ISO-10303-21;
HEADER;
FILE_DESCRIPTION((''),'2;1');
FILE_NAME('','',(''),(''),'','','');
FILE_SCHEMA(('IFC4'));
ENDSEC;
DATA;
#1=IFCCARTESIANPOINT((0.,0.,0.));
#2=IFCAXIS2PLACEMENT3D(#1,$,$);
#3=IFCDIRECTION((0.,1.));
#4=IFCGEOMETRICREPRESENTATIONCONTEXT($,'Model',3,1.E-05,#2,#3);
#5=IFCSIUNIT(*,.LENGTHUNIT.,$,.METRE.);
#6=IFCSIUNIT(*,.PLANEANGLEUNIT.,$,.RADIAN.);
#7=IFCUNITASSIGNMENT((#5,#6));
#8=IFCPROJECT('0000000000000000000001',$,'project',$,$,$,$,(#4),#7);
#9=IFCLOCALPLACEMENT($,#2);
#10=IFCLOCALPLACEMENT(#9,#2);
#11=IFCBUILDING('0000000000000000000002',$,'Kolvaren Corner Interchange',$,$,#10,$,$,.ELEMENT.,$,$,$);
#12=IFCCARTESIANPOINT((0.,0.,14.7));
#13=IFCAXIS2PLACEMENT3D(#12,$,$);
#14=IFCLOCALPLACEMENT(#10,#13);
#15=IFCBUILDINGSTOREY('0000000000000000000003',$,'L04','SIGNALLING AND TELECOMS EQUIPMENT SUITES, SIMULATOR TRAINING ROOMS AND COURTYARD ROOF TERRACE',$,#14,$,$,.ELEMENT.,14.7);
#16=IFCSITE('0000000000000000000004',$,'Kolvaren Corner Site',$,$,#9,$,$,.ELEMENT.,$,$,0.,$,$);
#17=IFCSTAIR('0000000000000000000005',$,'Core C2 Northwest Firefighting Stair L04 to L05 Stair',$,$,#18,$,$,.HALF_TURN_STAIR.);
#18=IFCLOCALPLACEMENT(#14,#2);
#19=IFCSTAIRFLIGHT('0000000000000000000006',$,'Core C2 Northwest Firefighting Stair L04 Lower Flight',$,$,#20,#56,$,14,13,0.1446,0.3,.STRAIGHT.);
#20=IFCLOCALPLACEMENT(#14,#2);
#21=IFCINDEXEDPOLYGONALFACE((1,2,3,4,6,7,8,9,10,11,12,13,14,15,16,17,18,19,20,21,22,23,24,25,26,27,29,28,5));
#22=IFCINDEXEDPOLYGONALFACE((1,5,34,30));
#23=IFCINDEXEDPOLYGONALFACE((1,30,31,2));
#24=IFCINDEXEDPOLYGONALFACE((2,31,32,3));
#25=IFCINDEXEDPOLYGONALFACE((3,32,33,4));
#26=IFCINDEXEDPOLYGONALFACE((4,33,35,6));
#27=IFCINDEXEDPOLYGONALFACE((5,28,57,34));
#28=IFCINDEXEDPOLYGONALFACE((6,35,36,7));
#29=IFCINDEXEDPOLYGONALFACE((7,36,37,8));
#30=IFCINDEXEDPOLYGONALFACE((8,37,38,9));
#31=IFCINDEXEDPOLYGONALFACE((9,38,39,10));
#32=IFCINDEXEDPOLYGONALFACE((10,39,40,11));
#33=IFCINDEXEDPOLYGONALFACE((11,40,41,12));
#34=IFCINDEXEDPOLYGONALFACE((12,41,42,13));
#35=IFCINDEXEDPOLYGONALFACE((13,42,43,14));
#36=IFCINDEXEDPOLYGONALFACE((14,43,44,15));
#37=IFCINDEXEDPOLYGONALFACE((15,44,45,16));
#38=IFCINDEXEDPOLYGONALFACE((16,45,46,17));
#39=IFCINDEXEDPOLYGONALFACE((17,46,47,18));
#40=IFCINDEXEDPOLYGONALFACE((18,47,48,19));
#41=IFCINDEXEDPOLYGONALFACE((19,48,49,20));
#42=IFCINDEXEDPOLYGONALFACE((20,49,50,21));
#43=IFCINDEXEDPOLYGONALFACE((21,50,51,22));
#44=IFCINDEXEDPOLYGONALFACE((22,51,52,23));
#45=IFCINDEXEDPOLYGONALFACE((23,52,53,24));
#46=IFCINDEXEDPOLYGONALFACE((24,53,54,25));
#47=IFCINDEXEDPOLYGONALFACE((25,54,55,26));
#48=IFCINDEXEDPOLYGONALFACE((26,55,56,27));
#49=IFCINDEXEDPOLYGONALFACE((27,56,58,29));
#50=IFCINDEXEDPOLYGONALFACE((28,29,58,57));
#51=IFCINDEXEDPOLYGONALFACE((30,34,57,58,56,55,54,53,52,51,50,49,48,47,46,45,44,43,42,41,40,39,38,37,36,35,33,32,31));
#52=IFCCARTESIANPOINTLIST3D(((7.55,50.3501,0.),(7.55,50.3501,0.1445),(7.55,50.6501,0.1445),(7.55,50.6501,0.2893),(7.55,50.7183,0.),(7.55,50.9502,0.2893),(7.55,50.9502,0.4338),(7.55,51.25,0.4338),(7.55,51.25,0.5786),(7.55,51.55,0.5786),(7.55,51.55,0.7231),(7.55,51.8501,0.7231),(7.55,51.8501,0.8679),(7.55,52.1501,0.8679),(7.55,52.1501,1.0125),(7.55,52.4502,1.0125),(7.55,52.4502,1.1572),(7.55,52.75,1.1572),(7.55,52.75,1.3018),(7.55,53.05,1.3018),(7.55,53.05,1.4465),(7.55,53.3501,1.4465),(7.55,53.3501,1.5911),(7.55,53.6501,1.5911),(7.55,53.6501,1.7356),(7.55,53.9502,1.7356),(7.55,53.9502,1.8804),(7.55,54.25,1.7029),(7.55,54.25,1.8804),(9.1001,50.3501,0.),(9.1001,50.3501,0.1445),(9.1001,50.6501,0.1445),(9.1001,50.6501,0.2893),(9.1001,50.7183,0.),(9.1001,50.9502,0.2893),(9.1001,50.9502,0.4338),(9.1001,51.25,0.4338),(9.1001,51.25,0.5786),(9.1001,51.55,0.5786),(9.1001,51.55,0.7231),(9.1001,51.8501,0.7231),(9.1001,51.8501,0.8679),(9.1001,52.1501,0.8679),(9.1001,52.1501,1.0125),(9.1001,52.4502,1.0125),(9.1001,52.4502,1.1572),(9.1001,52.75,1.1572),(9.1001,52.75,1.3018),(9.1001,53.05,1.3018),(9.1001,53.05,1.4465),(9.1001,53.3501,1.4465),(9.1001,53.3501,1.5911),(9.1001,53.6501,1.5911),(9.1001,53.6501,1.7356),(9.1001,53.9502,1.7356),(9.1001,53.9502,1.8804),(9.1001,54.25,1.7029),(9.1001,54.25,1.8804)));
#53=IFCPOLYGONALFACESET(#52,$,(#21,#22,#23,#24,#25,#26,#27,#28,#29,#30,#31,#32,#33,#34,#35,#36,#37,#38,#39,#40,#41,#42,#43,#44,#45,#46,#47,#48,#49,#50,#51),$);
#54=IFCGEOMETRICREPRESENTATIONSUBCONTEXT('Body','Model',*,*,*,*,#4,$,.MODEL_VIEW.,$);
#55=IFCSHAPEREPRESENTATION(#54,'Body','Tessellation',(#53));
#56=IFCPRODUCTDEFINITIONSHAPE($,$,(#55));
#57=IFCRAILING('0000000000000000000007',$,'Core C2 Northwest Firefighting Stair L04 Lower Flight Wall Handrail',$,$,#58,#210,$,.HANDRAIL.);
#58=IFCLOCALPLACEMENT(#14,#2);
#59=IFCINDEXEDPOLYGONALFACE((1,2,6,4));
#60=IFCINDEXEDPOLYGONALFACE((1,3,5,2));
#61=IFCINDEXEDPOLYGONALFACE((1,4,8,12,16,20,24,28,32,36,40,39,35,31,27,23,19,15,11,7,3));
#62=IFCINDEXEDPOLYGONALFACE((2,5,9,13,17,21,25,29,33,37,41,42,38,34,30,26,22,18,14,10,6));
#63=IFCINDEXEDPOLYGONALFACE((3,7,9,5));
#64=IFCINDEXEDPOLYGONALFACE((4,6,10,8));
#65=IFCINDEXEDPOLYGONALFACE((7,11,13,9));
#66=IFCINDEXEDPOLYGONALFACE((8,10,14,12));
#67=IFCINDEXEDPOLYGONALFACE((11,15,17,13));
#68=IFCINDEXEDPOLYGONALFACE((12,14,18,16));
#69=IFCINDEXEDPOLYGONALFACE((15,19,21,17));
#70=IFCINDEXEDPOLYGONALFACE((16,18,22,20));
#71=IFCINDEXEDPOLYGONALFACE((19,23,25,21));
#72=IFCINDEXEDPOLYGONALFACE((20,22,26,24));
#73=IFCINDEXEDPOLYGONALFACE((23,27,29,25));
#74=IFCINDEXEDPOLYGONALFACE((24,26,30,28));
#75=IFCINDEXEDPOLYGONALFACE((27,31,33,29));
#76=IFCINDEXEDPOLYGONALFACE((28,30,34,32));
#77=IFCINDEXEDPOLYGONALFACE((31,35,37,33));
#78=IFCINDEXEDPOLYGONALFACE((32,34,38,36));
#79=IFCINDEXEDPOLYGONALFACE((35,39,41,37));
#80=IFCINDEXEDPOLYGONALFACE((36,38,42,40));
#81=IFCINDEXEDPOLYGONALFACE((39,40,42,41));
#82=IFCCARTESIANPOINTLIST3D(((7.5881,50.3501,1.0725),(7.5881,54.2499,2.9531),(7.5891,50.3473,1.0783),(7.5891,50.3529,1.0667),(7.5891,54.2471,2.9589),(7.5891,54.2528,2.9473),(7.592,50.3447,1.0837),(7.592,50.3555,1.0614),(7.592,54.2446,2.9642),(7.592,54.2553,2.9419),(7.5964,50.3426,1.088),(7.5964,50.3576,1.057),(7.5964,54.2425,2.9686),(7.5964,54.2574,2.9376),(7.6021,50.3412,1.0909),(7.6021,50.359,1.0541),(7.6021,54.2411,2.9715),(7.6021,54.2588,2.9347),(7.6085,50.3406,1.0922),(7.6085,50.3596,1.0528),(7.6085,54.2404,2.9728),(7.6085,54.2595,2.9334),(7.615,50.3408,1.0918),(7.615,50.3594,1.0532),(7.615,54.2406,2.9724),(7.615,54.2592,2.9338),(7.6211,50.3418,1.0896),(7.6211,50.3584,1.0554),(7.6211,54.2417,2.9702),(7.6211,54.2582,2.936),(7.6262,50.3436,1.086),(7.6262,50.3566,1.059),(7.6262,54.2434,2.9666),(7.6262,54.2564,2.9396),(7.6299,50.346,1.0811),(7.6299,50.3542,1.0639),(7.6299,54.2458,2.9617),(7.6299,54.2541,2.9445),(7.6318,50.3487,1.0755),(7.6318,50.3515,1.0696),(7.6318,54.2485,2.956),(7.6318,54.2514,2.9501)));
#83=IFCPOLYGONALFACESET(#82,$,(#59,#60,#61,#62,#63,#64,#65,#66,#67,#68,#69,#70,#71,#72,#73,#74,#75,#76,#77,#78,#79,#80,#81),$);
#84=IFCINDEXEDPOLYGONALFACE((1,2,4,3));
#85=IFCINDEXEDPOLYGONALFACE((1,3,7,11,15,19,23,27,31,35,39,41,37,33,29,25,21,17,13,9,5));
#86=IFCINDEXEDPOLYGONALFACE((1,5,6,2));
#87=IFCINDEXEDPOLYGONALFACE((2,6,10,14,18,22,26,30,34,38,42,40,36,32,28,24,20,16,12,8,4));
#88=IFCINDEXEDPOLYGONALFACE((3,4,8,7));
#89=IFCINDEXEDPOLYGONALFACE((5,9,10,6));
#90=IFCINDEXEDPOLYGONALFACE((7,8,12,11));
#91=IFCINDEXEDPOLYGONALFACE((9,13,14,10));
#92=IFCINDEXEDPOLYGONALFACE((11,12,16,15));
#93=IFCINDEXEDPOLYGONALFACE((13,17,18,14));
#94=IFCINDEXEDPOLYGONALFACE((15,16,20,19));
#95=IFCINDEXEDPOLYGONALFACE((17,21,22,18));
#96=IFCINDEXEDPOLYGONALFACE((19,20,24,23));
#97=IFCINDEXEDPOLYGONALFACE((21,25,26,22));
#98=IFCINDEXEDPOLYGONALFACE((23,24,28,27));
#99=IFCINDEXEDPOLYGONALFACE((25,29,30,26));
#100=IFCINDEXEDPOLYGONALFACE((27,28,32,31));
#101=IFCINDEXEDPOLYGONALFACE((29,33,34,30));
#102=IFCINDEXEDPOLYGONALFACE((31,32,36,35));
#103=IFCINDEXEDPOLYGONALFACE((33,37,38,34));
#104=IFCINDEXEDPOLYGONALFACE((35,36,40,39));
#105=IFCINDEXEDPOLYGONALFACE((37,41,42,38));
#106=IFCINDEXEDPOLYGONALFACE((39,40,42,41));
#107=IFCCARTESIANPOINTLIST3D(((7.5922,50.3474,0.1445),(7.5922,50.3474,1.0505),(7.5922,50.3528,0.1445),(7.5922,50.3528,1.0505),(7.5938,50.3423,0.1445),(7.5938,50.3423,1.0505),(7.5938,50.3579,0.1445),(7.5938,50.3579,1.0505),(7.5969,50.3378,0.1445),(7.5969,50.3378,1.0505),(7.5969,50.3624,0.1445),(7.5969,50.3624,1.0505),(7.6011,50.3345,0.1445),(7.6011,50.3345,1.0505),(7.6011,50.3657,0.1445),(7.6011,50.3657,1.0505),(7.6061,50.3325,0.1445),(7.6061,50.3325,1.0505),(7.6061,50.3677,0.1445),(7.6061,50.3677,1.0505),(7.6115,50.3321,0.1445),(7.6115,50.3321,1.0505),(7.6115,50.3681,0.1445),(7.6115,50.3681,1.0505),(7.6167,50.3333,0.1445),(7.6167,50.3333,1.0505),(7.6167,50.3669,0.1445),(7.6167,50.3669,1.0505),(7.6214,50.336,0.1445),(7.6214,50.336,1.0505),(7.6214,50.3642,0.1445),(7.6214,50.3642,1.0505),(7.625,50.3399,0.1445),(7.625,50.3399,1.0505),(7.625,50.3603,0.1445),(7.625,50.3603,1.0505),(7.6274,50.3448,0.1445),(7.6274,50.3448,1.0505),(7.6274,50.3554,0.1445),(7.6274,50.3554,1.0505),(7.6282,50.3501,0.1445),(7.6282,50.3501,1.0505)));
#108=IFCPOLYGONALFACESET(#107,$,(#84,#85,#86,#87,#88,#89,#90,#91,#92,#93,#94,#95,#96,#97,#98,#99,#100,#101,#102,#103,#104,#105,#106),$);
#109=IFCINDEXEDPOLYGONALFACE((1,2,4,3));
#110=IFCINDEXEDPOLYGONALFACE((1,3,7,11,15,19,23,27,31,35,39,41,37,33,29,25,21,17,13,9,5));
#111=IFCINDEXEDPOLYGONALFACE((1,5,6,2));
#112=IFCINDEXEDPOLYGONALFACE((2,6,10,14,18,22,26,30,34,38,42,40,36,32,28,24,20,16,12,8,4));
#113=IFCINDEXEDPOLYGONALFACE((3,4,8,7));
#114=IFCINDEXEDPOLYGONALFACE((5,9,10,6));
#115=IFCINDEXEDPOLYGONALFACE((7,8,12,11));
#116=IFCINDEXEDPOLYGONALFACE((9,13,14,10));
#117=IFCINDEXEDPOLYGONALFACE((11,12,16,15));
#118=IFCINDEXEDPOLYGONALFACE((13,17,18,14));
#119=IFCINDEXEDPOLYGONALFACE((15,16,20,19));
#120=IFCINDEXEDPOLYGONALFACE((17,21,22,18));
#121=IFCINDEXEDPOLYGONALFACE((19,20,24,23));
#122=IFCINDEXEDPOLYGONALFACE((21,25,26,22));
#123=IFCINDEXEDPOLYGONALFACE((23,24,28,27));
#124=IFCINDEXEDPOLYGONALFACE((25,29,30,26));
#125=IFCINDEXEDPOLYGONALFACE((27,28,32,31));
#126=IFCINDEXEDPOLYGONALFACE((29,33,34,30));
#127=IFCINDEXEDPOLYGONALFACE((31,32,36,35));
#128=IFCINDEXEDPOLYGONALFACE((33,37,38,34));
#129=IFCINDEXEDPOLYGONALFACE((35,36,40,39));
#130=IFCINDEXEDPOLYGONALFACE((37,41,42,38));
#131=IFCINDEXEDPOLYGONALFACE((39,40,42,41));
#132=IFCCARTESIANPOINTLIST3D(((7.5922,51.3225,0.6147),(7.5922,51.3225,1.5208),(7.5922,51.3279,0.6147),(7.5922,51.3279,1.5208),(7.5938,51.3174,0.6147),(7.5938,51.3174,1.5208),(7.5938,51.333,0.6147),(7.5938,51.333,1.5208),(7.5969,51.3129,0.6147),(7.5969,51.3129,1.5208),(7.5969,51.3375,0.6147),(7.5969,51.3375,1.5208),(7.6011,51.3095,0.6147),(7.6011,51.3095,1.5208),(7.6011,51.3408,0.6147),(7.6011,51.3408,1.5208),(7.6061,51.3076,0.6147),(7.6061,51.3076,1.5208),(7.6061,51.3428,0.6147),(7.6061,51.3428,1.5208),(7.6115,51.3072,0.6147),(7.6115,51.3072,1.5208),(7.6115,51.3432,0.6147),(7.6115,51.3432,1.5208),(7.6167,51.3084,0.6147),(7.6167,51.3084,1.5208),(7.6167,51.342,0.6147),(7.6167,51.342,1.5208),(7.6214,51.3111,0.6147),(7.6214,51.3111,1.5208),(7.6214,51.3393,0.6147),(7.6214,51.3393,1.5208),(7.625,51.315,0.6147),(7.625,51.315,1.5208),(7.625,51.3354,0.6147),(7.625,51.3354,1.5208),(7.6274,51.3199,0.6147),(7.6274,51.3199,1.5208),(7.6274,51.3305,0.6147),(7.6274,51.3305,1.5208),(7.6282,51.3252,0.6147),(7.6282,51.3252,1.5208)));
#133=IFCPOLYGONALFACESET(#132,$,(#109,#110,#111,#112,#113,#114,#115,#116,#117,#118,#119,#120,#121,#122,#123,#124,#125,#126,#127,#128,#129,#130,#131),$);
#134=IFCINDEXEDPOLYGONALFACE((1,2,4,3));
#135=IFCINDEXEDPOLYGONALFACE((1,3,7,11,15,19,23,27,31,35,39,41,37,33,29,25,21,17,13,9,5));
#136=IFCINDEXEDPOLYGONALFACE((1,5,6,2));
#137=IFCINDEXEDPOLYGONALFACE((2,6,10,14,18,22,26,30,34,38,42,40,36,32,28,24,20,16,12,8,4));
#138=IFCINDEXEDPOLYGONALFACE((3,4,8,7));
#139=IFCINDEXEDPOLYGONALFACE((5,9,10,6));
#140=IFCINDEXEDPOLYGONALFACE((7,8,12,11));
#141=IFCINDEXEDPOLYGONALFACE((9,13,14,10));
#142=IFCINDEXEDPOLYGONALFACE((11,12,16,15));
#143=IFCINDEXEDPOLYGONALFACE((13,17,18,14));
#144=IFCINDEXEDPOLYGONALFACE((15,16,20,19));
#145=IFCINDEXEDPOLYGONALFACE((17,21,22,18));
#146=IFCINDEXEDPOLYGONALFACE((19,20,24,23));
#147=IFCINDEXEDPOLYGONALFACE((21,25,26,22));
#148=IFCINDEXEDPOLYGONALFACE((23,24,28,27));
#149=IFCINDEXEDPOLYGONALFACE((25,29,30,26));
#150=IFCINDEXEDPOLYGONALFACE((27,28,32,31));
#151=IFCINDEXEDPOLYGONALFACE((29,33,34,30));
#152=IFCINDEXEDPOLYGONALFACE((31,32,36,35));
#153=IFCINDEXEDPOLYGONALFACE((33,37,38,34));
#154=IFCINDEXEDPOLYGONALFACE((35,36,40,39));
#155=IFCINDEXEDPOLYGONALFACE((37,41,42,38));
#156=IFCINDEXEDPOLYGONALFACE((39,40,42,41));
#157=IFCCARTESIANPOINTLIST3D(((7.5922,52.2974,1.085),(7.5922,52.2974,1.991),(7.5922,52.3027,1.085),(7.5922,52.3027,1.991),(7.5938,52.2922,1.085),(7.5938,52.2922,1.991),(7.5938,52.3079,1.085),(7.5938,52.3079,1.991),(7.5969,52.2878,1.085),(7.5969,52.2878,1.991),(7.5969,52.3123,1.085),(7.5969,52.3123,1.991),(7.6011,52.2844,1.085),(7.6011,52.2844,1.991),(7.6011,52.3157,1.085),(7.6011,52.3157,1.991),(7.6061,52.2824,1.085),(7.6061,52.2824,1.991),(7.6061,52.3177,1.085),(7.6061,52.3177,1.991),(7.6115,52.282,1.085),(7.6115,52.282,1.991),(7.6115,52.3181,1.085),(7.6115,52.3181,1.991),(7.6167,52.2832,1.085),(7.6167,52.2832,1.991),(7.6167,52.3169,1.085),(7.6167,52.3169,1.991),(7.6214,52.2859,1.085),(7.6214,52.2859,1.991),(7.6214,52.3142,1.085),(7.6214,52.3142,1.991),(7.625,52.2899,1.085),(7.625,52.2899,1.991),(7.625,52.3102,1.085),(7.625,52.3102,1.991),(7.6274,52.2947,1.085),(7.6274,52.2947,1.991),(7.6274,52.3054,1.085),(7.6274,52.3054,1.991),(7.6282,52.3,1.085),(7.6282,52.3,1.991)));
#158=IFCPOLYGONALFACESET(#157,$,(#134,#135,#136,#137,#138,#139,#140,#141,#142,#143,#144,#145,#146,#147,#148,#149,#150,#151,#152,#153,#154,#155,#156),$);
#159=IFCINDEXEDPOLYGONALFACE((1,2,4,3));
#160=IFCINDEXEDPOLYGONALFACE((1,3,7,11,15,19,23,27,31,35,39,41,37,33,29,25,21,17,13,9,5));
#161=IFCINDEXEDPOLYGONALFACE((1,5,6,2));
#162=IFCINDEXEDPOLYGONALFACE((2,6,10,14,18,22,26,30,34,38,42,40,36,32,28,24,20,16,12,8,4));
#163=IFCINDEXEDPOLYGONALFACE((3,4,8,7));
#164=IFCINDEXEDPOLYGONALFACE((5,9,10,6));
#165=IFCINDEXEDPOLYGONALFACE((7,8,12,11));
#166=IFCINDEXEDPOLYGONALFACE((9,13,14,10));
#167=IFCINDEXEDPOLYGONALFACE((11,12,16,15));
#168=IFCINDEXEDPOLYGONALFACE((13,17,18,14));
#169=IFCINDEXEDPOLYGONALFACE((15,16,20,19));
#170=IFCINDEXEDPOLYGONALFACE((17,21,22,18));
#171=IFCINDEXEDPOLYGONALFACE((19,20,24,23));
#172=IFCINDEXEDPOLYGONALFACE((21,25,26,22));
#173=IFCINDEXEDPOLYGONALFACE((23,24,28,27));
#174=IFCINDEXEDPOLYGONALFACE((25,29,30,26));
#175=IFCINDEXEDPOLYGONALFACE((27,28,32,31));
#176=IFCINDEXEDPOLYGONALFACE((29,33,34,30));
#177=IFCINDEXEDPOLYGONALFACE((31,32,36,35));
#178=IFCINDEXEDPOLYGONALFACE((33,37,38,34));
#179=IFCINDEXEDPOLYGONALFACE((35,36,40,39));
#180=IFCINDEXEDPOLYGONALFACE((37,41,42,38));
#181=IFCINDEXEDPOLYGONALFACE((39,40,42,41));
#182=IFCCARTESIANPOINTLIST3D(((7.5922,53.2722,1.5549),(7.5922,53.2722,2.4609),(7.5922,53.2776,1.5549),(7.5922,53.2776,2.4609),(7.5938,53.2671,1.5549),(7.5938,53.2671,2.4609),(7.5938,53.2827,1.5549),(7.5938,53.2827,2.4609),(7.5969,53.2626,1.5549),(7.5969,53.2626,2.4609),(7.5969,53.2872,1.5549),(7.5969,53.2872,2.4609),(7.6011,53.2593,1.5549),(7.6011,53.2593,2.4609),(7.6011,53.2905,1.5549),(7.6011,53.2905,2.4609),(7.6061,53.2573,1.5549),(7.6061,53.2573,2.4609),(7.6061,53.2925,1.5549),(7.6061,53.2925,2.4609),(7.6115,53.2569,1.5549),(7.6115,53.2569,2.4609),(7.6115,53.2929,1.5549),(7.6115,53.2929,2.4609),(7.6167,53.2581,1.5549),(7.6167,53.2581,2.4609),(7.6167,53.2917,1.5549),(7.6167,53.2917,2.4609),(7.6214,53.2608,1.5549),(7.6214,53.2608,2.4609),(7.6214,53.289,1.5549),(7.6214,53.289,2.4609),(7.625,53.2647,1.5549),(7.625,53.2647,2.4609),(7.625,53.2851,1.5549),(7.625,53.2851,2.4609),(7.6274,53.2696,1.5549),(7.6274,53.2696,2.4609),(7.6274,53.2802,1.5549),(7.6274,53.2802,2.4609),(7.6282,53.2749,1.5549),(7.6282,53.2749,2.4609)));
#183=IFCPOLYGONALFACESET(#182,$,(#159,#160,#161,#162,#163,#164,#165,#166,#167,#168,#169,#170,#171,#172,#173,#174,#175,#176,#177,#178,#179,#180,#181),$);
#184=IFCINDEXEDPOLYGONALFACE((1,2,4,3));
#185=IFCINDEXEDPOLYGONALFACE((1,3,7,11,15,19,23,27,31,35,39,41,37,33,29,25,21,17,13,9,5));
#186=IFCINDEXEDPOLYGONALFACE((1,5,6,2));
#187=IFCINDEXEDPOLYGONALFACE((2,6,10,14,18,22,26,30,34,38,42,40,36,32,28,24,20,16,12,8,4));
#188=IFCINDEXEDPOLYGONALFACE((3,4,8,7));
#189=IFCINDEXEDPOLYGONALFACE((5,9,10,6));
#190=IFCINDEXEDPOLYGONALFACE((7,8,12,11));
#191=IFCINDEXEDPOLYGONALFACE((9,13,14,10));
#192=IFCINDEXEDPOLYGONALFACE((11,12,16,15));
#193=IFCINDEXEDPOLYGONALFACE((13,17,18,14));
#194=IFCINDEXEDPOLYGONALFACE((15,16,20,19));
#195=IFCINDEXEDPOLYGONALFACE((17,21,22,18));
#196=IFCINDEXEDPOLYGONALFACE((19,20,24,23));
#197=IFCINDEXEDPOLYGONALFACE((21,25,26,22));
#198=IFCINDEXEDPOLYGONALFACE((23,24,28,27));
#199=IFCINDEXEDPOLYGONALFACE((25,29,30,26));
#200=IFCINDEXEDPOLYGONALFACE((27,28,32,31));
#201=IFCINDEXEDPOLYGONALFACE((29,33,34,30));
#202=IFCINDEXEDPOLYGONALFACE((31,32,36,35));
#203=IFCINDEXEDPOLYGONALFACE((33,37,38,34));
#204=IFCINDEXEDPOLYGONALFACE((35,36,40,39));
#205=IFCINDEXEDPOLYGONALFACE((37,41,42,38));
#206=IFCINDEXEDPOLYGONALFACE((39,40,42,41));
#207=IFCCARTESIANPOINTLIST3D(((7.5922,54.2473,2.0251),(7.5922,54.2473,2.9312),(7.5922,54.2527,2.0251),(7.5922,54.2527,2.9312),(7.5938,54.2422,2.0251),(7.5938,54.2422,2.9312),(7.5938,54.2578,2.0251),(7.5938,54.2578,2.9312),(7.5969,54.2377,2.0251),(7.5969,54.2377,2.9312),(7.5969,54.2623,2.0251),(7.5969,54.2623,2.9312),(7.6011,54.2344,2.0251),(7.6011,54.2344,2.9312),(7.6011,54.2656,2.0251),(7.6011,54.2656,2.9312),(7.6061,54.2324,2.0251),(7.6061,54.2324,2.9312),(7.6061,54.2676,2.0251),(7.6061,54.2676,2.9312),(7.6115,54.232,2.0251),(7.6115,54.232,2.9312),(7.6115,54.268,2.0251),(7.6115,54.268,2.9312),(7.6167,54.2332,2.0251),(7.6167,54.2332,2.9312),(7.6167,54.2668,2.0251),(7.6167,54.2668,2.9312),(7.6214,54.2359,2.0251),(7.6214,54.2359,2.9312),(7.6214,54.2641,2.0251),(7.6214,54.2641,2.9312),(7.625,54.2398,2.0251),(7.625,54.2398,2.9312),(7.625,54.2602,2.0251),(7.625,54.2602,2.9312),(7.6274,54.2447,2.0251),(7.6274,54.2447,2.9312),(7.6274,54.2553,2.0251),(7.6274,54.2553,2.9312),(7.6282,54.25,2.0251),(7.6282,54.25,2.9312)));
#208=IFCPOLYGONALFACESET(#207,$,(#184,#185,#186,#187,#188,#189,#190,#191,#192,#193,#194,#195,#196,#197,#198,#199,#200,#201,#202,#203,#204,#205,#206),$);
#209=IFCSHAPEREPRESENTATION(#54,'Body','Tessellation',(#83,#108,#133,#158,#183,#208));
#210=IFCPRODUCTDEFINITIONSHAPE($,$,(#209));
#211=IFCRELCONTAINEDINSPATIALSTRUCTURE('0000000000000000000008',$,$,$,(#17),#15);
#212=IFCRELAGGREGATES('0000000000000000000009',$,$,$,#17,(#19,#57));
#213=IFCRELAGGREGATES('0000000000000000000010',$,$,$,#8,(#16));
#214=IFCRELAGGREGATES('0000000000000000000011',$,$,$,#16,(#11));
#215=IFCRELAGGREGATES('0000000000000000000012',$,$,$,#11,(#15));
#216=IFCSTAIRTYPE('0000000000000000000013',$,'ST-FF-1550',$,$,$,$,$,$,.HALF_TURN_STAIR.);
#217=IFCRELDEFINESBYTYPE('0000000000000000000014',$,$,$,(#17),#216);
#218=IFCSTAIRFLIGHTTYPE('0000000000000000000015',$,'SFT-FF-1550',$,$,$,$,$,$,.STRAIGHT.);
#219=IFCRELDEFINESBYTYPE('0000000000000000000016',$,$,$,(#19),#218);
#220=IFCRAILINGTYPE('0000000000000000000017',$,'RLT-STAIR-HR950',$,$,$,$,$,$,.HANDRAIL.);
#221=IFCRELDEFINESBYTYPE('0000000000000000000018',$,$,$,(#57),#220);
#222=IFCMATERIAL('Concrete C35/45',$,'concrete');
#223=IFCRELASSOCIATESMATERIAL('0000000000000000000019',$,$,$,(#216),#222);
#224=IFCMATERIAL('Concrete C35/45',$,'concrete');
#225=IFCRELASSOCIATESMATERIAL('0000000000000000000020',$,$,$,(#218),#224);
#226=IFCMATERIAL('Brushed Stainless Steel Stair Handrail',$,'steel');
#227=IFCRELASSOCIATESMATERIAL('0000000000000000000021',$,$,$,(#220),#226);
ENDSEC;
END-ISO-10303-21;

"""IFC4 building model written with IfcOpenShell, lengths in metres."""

from ifc_helpers import new_model, si_unit, direction, frame, origin, origin_2d, place, context, subcontext, project, spatial, polyline, circle, outline, extrude, material, type_object, element, aggregate, save


model = new_model("IFC4")

# Units and contexts
model_context = context("Model", 3, precision=1e-05, world=origin(), true_north=direction((0.0, 1.0)))
body_context = subcontext(model_context, "Body", "Model", "MODEL_VIEW")
ifc_project = project(units=[si_unit("LENGTHUNIT", "METRE"), si_unit("PLANEANGLEUNIT", "RADIAN")], contexts=[model_context])

# Site, building, storey
site_placement = place(None, origin())
site = spatial("IfcSite", under=ifc_project, at=site_placement, Name="Kolvaren Corner Site", CompositionType="ELEMENT", RefElevation=0.0)
building_placement = place(site_placement, origin())
building = spatial("IfcBuilding", under=site, at=building_placement, Name="Kolvaren Corner Interchange", CompositionType="ELEMENT")
storey_placement = place(building_placement, frame((0.0, 0.0, 14.7)))
storey = spatial("IfcBuildingStorey", under=building, at=storey_placement, Name="L04", Description="SIGNALLING AND TELECOMS EQUIPMENT SUITES, SIMULATOR TRAINING ROOMS AND COURTYARD ROOF TERRACE", CompositionType="ELEMENT", Elevation=14.7)

# Stair, stair flight, railing
ifc_material_1 = material(Name="Concrete C35/45", Category="concrete")
stair_type = type_object("IfcStairType", Name="ST-FF-1550", PredefinedType="HALF_TURN_STAIR", material=ifc_material_1)
stair_placement = place(storey_placement, origin())
stair = element("IfcStair", 1, at=stair_placement, inside=storey, type_object=stair_type, Name="Core C2 Northwest Firefighting Stair L04 to L05 Stair", PredefinedType="HALF_TURN_STAIR")
ifc_material_2 = material(Name="Concrete C35/45", Category="concrete")
stair_flight_type = type_object("IfcStairFlightType", Name="SFT-FF-1550", PredefinedType="STRAIGHT", material=ifc_material_2)
stair_flight_placement = place(storey_placement, frame((8.325, 50.3501, 0.0), z_axis=(0.0, 0.0, 1.0), x_axis=(0.0, 1.0, 0.0)))
stair_flight = element("IfcStairFlight", 2, at=stair_flight_placement, type_object=stair_flight_type, Name="Core C2 Northwest Firefighting Stair L04 Lower Flight", NumberOfRisers=14, NumberOfTreads=13, PredefinedType="STRAIGHT", RiserHeight=0.1446, TreadLength=0.3, context=body_context, shape_type="SweptSolid", body=[
    extrude(outline(polyline([(0.0, 0.0), (0.0, 0.1445), (0.3, 0.1445), (0.3, 0.2893), (0.6001, 0.2893), (0.6001, 0.4338), (0.8999, 0.4338), (0.8999, 0.5786), (1.2, 0.5786), (1.2, 0.7231), (1.5, 0.7231), (1.5, 0.8679), (1.8, 0.8679), (1.8, 1.0125), (2.1001, 1.0125), (2.1001, 1.1572), (2.3999, 1.1572), (2.3999, 1.3018), (2.7, 1.3018), (2.7, 1.4465), (3.0, 1.4465), (3.0, 1.5911), (3.3, 1.5911), (3.3, 1.7356), (3.6001, 1.7356), (3.6001, 1.8804), (3.8999, 1.8804), (3.8999, 2.0249), (3.8999, 1.7029), (0.3682, 0.0), (0.0, 0.0)])), frame((0.0, 0.7749, 0.0), z_axis=(0.0, -1.0, 0.0), x_axis=(1.0, 0.0, 0.0)), (0.0, 0.0, 1.0), 1.55),
])
ifc_material_3 = material(Name="Brushed Stainless Steel Stair Handrail", Category="steel")
railing_type = type_object("IfcRailingType", Name="RLT-STAIR-HR950", PredefinedType="HANDRAIL", material=ifc_material_3)
railing_placement = place(storey_placement, frame((7.6101, 50.3501, 0.1445)))
railing = element("IfcRailing", 3, at=railing_placement, type_object=railing_type, Name="Core C2 Northwest Firefighting Stair L04 Lower Flight Wall Handrail", PredefinedType="HANDRAIL", context=body_context, shape_type="SweptSolid", body=[
    extrude(circle(Radius=0.022, at=origin_2d()), frame((0.0, 0.0, 0.928), z_axis=(0.0, 0.900741, 0.434356), x_axis=(-1.0, 0.0, 0.0)), (0.0, 0.0, 1.0), 4.3296),
    extrude(circle(Radius=0.0181, at=origin_2d()), origin(), (0.0, 0.0, 1.0), 0.906),
    extrude(circle(Radius=0.0181, at=origin_2d()), frame((0.0, 0.9751, 0.4702)), (0.0, 0.0, 1.0), 0.906),
    extrude(circle(Radius=0.0181, at=origin_2d()), frame((0.0, 1.95, 0.9404)), (0.0, 0.0, 1.0), 0.906),
    extrude(circle(Radius=0.0181, at=origin_2d()), frame((0.0, 2.9248, 1.4104)), (0.0, 0.0, 1.0), 0.906),
    extrude(circle(Radius=0.0181, at=origin_2d()), frame((0.0, 3.8999, 1.8806)), (0.0, 0.0, 1.0), 0.906),
])
aggregate(stair, [stair_flight, railing])

save(model, "model.ifc")
